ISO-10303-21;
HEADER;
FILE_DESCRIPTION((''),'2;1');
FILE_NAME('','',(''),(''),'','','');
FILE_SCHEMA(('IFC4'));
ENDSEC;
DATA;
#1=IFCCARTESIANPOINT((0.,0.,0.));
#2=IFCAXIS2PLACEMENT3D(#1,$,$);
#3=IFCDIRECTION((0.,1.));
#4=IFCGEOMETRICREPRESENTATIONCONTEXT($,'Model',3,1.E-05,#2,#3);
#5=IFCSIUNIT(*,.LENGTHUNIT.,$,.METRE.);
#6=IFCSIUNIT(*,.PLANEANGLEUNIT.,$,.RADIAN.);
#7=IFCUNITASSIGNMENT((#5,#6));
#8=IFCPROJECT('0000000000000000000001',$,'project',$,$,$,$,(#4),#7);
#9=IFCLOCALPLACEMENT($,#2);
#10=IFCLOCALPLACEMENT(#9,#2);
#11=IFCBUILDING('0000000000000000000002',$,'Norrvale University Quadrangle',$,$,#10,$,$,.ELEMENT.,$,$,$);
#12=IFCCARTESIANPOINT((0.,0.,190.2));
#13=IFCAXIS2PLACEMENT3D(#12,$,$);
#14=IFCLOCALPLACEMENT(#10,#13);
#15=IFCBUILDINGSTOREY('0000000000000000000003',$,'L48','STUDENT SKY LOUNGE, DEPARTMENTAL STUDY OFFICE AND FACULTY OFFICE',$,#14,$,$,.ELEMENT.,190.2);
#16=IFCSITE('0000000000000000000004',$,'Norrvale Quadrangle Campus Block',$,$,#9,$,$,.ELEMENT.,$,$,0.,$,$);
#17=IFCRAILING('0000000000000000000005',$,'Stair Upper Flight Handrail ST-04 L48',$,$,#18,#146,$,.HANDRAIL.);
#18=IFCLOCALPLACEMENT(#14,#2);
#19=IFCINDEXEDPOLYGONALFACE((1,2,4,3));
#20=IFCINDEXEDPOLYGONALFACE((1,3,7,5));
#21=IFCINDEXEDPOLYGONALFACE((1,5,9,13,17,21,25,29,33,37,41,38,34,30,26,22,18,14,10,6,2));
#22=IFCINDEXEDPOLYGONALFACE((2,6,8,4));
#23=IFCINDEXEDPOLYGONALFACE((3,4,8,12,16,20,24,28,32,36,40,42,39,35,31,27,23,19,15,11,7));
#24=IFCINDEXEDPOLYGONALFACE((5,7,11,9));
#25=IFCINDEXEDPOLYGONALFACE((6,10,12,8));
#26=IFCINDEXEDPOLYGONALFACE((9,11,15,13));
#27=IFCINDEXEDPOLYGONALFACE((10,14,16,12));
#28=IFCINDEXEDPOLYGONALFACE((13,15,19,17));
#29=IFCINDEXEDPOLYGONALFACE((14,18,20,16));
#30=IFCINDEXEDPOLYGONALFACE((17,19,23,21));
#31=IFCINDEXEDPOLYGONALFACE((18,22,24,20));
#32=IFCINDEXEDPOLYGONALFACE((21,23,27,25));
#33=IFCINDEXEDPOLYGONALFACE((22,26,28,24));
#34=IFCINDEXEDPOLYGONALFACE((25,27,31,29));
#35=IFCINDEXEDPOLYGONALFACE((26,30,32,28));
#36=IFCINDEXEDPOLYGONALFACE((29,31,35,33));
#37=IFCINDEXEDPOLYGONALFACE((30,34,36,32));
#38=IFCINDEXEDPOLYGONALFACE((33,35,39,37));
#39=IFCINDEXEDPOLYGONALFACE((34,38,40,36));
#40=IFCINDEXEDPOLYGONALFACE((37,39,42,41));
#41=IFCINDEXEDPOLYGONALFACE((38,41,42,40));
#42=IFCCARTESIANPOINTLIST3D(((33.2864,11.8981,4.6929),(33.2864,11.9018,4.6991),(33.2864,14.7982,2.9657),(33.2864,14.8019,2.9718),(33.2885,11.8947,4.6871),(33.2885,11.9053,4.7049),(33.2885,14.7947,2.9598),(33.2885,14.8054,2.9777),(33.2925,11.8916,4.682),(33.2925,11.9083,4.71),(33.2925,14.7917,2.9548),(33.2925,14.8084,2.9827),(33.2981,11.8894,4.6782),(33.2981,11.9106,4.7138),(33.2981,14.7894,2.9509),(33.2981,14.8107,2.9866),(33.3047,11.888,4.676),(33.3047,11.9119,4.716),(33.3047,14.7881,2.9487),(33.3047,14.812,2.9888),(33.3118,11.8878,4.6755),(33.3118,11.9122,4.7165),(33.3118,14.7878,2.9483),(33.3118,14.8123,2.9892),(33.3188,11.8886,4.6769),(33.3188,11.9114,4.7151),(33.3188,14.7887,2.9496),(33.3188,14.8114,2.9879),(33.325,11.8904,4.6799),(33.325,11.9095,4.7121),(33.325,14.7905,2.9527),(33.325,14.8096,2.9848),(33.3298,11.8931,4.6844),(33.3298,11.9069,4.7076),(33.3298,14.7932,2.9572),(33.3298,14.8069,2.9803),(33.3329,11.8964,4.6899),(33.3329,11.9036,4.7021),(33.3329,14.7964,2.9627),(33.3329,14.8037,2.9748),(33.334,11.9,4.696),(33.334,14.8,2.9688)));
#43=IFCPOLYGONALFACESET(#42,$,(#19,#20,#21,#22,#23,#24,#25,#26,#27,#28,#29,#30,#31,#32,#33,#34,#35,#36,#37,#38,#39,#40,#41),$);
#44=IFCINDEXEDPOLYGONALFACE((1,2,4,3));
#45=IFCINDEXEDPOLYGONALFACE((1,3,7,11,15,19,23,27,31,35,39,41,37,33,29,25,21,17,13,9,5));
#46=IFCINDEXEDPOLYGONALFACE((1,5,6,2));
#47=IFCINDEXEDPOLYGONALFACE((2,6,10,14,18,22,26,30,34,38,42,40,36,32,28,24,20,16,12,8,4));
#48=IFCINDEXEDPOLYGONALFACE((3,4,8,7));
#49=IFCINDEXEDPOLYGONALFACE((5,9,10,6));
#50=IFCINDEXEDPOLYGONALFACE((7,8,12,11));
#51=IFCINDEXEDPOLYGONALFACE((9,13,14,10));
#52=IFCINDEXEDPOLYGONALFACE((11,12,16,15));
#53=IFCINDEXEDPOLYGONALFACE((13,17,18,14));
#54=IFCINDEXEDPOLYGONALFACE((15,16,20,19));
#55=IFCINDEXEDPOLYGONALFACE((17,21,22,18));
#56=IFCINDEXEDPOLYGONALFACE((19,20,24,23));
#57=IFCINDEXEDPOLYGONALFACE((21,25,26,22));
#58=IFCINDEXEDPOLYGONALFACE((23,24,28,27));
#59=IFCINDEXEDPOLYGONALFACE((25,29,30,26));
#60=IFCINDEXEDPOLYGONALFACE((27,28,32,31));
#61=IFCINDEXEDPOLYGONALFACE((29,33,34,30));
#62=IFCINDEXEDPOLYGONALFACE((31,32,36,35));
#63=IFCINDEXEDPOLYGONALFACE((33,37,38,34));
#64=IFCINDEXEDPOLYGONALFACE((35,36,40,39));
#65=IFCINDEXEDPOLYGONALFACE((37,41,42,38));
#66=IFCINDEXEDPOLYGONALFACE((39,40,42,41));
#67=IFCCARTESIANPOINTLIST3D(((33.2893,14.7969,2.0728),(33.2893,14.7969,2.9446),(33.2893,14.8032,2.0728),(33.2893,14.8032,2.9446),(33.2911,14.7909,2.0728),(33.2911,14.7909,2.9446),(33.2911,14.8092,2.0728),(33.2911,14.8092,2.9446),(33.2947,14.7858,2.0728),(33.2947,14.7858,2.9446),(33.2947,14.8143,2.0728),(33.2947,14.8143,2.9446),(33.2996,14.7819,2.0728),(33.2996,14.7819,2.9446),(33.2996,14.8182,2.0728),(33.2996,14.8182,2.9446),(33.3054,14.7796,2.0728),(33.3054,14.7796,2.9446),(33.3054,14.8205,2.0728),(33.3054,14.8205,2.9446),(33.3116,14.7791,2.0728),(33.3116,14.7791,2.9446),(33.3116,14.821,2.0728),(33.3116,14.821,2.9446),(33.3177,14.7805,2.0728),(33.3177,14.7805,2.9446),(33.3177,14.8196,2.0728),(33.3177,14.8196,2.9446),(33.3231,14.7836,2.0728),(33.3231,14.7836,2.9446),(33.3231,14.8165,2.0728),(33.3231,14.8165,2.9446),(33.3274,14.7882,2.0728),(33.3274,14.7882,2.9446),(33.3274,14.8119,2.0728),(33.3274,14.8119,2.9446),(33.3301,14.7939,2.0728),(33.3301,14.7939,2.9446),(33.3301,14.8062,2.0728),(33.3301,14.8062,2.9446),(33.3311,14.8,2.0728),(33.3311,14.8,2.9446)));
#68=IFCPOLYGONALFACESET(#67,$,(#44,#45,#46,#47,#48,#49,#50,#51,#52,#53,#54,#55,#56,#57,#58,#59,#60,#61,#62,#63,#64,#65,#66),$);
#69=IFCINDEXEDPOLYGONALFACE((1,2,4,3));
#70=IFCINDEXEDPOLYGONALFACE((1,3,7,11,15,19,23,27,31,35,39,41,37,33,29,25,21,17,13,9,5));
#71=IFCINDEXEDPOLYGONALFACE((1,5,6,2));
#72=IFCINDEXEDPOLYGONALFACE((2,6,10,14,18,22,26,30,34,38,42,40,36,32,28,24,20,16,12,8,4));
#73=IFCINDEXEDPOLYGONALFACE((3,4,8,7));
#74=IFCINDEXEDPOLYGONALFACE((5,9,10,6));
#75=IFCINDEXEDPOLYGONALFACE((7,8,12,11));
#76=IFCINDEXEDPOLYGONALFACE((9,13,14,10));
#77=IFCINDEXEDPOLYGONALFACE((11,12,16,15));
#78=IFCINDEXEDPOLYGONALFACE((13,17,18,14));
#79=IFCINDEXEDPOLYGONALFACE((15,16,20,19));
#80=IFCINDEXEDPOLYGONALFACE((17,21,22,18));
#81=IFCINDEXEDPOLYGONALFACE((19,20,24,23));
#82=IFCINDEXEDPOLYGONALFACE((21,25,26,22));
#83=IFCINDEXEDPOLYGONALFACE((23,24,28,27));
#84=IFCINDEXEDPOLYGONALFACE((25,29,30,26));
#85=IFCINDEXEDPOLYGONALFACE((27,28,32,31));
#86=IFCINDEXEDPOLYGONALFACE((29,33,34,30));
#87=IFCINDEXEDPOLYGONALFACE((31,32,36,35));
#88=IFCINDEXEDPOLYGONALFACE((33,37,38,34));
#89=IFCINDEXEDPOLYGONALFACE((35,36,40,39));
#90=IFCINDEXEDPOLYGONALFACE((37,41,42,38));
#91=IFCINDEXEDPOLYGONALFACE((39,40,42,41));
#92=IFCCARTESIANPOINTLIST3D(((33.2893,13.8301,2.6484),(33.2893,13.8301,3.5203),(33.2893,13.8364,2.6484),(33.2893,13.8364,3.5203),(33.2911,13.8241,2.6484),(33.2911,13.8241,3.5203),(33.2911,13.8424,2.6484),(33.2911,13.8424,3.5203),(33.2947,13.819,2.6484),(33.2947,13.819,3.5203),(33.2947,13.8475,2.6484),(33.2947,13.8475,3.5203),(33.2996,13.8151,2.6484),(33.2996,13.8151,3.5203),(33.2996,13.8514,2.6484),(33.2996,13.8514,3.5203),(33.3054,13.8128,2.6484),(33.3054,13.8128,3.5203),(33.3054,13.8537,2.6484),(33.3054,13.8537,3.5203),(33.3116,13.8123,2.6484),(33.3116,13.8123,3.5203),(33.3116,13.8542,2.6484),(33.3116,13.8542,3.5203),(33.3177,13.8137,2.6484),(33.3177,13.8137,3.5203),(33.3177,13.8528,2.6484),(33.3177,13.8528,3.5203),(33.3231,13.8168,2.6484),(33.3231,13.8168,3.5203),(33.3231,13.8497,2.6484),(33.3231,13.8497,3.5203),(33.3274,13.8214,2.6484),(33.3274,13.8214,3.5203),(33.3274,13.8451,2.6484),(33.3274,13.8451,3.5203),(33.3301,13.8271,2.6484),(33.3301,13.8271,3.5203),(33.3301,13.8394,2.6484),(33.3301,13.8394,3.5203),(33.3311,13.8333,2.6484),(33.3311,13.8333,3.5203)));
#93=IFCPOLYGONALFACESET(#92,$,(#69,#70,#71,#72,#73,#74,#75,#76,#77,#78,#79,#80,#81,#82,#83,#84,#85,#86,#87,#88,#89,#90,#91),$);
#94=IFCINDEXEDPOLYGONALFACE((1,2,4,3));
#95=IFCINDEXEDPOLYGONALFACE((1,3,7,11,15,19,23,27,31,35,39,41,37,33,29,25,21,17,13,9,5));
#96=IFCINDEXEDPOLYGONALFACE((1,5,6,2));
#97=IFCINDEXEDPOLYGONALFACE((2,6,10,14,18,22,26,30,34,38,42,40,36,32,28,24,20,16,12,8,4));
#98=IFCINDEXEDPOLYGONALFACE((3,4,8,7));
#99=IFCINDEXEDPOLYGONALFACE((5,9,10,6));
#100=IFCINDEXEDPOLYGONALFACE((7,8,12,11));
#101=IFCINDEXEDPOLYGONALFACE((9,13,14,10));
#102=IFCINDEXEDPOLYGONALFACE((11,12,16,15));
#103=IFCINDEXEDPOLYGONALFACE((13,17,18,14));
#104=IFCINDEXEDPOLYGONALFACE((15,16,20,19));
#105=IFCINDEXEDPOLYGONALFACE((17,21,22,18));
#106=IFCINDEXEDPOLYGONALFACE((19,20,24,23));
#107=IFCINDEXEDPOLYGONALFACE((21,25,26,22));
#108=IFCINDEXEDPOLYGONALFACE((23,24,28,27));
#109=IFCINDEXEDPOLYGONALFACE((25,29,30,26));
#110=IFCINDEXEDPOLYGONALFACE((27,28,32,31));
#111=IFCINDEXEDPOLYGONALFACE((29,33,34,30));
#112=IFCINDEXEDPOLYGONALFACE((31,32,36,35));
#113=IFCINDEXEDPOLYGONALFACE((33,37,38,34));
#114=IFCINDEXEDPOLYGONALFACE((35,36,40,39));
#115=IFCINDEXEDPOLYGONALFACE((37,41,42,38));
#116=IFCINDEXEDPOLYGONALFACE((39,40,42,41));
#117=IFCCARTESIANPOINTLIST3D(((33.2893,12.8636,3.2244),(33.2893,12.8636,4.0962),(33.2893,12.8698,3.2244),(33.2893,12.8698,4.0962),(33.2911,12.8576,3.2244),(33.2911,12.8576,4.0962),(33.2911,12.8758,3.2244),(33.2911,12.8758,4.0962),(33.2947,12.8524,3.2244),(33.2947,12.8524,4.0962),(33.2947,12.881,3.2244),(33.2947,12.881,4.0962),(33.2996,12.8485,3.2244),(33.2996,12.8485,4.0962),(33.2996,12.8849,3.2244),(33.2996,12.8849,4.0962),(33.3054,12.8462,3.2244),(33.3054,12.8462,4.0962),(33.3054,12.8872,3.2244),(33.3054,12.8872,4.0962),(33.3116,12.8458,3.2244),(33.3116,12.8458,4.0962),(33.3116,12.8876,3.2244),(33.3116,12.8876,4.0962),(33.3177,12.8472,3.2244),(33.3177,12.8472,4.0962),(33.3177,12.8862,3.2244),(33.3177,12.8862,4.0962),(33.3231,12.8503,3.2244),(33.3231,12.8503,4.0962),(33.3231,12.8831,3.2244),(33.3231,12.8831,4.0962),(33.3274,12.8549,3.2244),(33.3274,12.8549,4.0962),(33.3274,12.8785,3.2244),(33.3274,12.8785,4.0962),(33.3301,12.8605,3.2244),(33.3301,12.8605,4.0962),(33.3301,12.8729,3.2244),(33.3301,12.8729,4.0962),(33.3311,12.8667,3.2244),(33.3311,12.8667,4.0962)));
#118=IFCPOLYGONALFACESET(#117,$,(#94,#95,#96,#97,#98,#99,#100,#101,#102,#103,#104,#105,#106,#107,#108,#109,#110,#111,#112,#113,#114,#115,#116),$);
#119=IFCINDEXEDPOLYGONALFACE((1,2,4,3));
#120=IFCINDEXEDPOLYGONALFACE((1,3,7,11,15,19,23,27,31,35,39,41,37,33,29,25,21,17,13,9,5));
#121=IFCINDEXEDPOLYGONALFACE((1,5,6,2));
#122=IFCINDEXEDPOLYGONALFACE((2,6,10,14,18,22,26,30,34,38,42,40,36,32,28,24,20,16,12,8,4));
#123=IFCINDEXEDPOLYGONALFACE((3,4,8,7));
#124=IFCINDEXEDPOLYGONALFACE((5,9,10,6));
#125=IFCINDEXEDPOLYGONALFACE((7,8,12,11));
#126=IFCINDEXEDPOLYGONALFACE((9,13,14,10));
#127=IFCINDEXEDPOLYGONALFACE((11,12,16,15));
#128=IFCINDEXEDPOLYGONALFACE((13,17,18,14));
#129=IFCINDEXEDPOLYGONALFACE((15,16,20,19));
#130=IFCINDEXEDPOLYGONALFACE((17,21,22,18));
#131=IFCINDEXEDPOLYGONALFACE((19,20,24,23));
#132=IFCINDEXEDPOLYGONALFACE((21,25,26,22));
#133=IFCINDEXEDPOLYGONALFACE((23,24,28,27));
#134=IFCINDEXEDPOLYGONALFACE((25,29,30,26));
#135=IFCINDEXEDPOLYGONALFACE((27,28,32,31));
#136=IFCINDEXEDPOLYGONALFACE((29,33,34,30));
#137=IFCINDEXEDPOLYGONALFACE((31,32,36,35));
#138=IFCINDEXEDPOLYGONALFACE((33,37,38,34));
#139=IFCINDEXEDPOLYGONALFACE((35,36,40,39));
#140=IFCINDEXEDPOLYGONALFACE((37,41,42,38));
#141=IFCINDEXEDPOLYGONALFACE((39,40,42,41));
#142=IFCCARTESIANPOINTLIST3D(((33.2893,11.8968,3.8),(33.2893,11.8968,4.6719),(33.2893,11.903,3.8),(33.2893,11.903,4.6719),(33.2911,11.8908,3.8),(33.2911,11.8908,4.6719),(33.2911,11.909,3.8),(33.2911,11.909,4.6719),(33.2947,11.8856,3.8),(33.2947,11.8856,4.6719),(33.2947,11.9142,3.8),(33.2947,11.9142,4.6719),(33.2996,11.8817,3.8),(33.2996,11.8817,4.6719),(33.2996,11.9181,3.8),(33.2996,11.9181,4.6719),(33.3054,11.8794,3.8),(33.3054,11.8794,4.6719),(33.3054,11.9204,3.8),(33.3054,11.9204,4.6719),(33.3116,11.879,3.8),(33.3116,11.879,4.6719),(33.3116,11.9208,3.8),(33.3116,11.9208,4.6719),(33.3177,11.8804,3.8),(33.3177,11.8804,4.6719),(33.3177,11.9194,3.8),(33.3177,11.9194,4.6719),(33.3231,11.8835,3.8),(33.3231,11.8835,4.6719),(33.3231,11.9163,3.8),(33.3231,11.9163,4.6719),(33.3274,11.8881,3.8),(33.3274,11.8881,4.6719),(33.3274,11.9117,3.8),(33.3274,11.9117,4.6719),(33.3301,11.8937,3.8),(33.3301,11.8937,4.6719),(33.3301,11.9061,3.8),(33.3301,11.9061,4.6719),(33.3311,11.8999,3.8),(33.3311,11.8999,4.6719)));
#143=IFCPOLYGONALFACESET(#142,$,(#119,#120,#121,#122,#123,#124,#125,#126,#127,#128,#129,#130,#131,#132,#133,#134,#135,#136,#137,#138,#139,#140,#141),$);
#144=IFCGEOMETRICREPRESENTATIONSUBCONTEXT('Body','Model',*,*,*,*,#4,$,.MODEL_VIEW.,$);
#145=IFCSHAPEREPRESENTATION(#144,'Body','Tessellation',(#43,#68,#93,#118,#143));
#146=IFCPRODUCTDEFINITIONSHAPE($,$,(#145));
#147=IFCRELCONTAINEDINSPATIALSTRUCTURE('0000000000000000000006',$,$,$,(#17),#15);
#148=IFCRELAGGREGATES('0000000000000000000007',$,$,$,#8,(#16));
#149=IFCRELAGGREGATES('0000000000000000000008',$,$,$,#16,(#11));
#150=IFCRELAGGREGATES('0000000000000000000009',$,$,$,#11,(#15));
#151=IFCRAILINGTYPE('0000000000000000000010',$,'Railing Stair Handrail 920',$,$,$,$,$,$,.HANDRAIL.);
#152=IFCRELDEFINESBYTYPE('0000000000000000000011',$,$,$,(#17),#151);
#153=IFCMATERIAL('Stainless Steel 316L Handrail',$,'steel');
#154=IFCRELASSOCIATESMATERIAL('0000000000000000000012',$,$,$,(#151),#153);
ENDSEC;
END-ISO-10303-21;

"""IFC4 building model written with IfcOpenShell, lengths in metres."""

from ifc_helpers import new_model, si_unit, direction, frame, origin, origin_2d, place, context, subcontext, project, spatial, circle, extrude, material, type_object, element, save


model = new_model("IFC4")

# Units and contexts
model_context = context("Model", 3, precision=1e-05, world=origin(), true_north=direction((0.0, 1.0)))
body_context = subcontext(model_context, "Body", "Model", "MODEL_VIEW")
ifc_project = project(units=[si_unit("LENGTHUNIT", "METRE"), si_unit("PLANEANGLEUNIT", "RADIAN")], contexts=[model_context])

# Site, building, storey
site_placement = place(None, origin())
site = spatial("IfcSite", under=ifc_project, at=site_placement, Name="Norrvale Quadrangle Campus Block", CompositionType="ELEMENT", RefElevation=0.0)
building_placement = place(site_placement, origin())
building = spatial("IfcBuilding", under=site, at=building_placement, Name="Norrvale University Quadrangle", CompositionType="ELEMENT")
storey_placement = place(building_placement, frame((0.0, 0.0, 190.2)))
storey = spatial("IfcBuildingStorey", under=building, at=storey_placement, Name="L48", Description="STUDENT SKY LOUNGE, DEPARTMENTAL STUDY OFFICE AND FACULTY OFFICE", CompositionType="ELEMENT", Elevation=190.2)

# Railing
ifc_material_1 = material(Name="Stainless Steel 316L Handrail", Category="steel")
railing_type_1 = type_object("IfcRailingType", Name="Railing Stair Handrail 920", PredefinedType="HANDRAIL", material=ifc_material_1)
railing_1_placement = place(storey_placement, frame((33.3101, 14.8, 2.0728)))
element("IfcRailing", 1, at=railing_1_placement, inside=storey, type_object=railing_type_1, Name="Stair Upper Flight Handrail ST-04 L48", PredefinedType="HANDRAIL", context=body_context, shape_type="SweptSolid", body=[
    extrude(circle(Radius=0.0239, at=origin_2d()), frame((0.0, 0.0, 0.896), z_axis=(0.0, -0.85916, 0.511706), x_axis=(1.0, 0.0, 0.0)), (0.0, 0.0, 1.0), 3.3755),
    extrude(circle(Radius=0.021, at=origin_2d()), origin(), (0.0, 0.0, 1.0), 0.8718),
    extrude(circle(Radius=0.021, at=origin_2d()), frame((0.0, -0.9668, 0.5757)), (0.0, 0.0, 1.0), 0.8718),
    extrude(circle(Radius=0.021, at=origin_2d()), frame((0.0, -1.9333, 1.1516)), (0.0, 0.0, 1.0), 0.8718),
    extrude(circle(Radius=0.021, at=origin_2d()), frame((0.0, -2.9001, 1.7273)), (0.0, 0.0, 1.0), 0.8718),
])

save(model, "model.ifc")
